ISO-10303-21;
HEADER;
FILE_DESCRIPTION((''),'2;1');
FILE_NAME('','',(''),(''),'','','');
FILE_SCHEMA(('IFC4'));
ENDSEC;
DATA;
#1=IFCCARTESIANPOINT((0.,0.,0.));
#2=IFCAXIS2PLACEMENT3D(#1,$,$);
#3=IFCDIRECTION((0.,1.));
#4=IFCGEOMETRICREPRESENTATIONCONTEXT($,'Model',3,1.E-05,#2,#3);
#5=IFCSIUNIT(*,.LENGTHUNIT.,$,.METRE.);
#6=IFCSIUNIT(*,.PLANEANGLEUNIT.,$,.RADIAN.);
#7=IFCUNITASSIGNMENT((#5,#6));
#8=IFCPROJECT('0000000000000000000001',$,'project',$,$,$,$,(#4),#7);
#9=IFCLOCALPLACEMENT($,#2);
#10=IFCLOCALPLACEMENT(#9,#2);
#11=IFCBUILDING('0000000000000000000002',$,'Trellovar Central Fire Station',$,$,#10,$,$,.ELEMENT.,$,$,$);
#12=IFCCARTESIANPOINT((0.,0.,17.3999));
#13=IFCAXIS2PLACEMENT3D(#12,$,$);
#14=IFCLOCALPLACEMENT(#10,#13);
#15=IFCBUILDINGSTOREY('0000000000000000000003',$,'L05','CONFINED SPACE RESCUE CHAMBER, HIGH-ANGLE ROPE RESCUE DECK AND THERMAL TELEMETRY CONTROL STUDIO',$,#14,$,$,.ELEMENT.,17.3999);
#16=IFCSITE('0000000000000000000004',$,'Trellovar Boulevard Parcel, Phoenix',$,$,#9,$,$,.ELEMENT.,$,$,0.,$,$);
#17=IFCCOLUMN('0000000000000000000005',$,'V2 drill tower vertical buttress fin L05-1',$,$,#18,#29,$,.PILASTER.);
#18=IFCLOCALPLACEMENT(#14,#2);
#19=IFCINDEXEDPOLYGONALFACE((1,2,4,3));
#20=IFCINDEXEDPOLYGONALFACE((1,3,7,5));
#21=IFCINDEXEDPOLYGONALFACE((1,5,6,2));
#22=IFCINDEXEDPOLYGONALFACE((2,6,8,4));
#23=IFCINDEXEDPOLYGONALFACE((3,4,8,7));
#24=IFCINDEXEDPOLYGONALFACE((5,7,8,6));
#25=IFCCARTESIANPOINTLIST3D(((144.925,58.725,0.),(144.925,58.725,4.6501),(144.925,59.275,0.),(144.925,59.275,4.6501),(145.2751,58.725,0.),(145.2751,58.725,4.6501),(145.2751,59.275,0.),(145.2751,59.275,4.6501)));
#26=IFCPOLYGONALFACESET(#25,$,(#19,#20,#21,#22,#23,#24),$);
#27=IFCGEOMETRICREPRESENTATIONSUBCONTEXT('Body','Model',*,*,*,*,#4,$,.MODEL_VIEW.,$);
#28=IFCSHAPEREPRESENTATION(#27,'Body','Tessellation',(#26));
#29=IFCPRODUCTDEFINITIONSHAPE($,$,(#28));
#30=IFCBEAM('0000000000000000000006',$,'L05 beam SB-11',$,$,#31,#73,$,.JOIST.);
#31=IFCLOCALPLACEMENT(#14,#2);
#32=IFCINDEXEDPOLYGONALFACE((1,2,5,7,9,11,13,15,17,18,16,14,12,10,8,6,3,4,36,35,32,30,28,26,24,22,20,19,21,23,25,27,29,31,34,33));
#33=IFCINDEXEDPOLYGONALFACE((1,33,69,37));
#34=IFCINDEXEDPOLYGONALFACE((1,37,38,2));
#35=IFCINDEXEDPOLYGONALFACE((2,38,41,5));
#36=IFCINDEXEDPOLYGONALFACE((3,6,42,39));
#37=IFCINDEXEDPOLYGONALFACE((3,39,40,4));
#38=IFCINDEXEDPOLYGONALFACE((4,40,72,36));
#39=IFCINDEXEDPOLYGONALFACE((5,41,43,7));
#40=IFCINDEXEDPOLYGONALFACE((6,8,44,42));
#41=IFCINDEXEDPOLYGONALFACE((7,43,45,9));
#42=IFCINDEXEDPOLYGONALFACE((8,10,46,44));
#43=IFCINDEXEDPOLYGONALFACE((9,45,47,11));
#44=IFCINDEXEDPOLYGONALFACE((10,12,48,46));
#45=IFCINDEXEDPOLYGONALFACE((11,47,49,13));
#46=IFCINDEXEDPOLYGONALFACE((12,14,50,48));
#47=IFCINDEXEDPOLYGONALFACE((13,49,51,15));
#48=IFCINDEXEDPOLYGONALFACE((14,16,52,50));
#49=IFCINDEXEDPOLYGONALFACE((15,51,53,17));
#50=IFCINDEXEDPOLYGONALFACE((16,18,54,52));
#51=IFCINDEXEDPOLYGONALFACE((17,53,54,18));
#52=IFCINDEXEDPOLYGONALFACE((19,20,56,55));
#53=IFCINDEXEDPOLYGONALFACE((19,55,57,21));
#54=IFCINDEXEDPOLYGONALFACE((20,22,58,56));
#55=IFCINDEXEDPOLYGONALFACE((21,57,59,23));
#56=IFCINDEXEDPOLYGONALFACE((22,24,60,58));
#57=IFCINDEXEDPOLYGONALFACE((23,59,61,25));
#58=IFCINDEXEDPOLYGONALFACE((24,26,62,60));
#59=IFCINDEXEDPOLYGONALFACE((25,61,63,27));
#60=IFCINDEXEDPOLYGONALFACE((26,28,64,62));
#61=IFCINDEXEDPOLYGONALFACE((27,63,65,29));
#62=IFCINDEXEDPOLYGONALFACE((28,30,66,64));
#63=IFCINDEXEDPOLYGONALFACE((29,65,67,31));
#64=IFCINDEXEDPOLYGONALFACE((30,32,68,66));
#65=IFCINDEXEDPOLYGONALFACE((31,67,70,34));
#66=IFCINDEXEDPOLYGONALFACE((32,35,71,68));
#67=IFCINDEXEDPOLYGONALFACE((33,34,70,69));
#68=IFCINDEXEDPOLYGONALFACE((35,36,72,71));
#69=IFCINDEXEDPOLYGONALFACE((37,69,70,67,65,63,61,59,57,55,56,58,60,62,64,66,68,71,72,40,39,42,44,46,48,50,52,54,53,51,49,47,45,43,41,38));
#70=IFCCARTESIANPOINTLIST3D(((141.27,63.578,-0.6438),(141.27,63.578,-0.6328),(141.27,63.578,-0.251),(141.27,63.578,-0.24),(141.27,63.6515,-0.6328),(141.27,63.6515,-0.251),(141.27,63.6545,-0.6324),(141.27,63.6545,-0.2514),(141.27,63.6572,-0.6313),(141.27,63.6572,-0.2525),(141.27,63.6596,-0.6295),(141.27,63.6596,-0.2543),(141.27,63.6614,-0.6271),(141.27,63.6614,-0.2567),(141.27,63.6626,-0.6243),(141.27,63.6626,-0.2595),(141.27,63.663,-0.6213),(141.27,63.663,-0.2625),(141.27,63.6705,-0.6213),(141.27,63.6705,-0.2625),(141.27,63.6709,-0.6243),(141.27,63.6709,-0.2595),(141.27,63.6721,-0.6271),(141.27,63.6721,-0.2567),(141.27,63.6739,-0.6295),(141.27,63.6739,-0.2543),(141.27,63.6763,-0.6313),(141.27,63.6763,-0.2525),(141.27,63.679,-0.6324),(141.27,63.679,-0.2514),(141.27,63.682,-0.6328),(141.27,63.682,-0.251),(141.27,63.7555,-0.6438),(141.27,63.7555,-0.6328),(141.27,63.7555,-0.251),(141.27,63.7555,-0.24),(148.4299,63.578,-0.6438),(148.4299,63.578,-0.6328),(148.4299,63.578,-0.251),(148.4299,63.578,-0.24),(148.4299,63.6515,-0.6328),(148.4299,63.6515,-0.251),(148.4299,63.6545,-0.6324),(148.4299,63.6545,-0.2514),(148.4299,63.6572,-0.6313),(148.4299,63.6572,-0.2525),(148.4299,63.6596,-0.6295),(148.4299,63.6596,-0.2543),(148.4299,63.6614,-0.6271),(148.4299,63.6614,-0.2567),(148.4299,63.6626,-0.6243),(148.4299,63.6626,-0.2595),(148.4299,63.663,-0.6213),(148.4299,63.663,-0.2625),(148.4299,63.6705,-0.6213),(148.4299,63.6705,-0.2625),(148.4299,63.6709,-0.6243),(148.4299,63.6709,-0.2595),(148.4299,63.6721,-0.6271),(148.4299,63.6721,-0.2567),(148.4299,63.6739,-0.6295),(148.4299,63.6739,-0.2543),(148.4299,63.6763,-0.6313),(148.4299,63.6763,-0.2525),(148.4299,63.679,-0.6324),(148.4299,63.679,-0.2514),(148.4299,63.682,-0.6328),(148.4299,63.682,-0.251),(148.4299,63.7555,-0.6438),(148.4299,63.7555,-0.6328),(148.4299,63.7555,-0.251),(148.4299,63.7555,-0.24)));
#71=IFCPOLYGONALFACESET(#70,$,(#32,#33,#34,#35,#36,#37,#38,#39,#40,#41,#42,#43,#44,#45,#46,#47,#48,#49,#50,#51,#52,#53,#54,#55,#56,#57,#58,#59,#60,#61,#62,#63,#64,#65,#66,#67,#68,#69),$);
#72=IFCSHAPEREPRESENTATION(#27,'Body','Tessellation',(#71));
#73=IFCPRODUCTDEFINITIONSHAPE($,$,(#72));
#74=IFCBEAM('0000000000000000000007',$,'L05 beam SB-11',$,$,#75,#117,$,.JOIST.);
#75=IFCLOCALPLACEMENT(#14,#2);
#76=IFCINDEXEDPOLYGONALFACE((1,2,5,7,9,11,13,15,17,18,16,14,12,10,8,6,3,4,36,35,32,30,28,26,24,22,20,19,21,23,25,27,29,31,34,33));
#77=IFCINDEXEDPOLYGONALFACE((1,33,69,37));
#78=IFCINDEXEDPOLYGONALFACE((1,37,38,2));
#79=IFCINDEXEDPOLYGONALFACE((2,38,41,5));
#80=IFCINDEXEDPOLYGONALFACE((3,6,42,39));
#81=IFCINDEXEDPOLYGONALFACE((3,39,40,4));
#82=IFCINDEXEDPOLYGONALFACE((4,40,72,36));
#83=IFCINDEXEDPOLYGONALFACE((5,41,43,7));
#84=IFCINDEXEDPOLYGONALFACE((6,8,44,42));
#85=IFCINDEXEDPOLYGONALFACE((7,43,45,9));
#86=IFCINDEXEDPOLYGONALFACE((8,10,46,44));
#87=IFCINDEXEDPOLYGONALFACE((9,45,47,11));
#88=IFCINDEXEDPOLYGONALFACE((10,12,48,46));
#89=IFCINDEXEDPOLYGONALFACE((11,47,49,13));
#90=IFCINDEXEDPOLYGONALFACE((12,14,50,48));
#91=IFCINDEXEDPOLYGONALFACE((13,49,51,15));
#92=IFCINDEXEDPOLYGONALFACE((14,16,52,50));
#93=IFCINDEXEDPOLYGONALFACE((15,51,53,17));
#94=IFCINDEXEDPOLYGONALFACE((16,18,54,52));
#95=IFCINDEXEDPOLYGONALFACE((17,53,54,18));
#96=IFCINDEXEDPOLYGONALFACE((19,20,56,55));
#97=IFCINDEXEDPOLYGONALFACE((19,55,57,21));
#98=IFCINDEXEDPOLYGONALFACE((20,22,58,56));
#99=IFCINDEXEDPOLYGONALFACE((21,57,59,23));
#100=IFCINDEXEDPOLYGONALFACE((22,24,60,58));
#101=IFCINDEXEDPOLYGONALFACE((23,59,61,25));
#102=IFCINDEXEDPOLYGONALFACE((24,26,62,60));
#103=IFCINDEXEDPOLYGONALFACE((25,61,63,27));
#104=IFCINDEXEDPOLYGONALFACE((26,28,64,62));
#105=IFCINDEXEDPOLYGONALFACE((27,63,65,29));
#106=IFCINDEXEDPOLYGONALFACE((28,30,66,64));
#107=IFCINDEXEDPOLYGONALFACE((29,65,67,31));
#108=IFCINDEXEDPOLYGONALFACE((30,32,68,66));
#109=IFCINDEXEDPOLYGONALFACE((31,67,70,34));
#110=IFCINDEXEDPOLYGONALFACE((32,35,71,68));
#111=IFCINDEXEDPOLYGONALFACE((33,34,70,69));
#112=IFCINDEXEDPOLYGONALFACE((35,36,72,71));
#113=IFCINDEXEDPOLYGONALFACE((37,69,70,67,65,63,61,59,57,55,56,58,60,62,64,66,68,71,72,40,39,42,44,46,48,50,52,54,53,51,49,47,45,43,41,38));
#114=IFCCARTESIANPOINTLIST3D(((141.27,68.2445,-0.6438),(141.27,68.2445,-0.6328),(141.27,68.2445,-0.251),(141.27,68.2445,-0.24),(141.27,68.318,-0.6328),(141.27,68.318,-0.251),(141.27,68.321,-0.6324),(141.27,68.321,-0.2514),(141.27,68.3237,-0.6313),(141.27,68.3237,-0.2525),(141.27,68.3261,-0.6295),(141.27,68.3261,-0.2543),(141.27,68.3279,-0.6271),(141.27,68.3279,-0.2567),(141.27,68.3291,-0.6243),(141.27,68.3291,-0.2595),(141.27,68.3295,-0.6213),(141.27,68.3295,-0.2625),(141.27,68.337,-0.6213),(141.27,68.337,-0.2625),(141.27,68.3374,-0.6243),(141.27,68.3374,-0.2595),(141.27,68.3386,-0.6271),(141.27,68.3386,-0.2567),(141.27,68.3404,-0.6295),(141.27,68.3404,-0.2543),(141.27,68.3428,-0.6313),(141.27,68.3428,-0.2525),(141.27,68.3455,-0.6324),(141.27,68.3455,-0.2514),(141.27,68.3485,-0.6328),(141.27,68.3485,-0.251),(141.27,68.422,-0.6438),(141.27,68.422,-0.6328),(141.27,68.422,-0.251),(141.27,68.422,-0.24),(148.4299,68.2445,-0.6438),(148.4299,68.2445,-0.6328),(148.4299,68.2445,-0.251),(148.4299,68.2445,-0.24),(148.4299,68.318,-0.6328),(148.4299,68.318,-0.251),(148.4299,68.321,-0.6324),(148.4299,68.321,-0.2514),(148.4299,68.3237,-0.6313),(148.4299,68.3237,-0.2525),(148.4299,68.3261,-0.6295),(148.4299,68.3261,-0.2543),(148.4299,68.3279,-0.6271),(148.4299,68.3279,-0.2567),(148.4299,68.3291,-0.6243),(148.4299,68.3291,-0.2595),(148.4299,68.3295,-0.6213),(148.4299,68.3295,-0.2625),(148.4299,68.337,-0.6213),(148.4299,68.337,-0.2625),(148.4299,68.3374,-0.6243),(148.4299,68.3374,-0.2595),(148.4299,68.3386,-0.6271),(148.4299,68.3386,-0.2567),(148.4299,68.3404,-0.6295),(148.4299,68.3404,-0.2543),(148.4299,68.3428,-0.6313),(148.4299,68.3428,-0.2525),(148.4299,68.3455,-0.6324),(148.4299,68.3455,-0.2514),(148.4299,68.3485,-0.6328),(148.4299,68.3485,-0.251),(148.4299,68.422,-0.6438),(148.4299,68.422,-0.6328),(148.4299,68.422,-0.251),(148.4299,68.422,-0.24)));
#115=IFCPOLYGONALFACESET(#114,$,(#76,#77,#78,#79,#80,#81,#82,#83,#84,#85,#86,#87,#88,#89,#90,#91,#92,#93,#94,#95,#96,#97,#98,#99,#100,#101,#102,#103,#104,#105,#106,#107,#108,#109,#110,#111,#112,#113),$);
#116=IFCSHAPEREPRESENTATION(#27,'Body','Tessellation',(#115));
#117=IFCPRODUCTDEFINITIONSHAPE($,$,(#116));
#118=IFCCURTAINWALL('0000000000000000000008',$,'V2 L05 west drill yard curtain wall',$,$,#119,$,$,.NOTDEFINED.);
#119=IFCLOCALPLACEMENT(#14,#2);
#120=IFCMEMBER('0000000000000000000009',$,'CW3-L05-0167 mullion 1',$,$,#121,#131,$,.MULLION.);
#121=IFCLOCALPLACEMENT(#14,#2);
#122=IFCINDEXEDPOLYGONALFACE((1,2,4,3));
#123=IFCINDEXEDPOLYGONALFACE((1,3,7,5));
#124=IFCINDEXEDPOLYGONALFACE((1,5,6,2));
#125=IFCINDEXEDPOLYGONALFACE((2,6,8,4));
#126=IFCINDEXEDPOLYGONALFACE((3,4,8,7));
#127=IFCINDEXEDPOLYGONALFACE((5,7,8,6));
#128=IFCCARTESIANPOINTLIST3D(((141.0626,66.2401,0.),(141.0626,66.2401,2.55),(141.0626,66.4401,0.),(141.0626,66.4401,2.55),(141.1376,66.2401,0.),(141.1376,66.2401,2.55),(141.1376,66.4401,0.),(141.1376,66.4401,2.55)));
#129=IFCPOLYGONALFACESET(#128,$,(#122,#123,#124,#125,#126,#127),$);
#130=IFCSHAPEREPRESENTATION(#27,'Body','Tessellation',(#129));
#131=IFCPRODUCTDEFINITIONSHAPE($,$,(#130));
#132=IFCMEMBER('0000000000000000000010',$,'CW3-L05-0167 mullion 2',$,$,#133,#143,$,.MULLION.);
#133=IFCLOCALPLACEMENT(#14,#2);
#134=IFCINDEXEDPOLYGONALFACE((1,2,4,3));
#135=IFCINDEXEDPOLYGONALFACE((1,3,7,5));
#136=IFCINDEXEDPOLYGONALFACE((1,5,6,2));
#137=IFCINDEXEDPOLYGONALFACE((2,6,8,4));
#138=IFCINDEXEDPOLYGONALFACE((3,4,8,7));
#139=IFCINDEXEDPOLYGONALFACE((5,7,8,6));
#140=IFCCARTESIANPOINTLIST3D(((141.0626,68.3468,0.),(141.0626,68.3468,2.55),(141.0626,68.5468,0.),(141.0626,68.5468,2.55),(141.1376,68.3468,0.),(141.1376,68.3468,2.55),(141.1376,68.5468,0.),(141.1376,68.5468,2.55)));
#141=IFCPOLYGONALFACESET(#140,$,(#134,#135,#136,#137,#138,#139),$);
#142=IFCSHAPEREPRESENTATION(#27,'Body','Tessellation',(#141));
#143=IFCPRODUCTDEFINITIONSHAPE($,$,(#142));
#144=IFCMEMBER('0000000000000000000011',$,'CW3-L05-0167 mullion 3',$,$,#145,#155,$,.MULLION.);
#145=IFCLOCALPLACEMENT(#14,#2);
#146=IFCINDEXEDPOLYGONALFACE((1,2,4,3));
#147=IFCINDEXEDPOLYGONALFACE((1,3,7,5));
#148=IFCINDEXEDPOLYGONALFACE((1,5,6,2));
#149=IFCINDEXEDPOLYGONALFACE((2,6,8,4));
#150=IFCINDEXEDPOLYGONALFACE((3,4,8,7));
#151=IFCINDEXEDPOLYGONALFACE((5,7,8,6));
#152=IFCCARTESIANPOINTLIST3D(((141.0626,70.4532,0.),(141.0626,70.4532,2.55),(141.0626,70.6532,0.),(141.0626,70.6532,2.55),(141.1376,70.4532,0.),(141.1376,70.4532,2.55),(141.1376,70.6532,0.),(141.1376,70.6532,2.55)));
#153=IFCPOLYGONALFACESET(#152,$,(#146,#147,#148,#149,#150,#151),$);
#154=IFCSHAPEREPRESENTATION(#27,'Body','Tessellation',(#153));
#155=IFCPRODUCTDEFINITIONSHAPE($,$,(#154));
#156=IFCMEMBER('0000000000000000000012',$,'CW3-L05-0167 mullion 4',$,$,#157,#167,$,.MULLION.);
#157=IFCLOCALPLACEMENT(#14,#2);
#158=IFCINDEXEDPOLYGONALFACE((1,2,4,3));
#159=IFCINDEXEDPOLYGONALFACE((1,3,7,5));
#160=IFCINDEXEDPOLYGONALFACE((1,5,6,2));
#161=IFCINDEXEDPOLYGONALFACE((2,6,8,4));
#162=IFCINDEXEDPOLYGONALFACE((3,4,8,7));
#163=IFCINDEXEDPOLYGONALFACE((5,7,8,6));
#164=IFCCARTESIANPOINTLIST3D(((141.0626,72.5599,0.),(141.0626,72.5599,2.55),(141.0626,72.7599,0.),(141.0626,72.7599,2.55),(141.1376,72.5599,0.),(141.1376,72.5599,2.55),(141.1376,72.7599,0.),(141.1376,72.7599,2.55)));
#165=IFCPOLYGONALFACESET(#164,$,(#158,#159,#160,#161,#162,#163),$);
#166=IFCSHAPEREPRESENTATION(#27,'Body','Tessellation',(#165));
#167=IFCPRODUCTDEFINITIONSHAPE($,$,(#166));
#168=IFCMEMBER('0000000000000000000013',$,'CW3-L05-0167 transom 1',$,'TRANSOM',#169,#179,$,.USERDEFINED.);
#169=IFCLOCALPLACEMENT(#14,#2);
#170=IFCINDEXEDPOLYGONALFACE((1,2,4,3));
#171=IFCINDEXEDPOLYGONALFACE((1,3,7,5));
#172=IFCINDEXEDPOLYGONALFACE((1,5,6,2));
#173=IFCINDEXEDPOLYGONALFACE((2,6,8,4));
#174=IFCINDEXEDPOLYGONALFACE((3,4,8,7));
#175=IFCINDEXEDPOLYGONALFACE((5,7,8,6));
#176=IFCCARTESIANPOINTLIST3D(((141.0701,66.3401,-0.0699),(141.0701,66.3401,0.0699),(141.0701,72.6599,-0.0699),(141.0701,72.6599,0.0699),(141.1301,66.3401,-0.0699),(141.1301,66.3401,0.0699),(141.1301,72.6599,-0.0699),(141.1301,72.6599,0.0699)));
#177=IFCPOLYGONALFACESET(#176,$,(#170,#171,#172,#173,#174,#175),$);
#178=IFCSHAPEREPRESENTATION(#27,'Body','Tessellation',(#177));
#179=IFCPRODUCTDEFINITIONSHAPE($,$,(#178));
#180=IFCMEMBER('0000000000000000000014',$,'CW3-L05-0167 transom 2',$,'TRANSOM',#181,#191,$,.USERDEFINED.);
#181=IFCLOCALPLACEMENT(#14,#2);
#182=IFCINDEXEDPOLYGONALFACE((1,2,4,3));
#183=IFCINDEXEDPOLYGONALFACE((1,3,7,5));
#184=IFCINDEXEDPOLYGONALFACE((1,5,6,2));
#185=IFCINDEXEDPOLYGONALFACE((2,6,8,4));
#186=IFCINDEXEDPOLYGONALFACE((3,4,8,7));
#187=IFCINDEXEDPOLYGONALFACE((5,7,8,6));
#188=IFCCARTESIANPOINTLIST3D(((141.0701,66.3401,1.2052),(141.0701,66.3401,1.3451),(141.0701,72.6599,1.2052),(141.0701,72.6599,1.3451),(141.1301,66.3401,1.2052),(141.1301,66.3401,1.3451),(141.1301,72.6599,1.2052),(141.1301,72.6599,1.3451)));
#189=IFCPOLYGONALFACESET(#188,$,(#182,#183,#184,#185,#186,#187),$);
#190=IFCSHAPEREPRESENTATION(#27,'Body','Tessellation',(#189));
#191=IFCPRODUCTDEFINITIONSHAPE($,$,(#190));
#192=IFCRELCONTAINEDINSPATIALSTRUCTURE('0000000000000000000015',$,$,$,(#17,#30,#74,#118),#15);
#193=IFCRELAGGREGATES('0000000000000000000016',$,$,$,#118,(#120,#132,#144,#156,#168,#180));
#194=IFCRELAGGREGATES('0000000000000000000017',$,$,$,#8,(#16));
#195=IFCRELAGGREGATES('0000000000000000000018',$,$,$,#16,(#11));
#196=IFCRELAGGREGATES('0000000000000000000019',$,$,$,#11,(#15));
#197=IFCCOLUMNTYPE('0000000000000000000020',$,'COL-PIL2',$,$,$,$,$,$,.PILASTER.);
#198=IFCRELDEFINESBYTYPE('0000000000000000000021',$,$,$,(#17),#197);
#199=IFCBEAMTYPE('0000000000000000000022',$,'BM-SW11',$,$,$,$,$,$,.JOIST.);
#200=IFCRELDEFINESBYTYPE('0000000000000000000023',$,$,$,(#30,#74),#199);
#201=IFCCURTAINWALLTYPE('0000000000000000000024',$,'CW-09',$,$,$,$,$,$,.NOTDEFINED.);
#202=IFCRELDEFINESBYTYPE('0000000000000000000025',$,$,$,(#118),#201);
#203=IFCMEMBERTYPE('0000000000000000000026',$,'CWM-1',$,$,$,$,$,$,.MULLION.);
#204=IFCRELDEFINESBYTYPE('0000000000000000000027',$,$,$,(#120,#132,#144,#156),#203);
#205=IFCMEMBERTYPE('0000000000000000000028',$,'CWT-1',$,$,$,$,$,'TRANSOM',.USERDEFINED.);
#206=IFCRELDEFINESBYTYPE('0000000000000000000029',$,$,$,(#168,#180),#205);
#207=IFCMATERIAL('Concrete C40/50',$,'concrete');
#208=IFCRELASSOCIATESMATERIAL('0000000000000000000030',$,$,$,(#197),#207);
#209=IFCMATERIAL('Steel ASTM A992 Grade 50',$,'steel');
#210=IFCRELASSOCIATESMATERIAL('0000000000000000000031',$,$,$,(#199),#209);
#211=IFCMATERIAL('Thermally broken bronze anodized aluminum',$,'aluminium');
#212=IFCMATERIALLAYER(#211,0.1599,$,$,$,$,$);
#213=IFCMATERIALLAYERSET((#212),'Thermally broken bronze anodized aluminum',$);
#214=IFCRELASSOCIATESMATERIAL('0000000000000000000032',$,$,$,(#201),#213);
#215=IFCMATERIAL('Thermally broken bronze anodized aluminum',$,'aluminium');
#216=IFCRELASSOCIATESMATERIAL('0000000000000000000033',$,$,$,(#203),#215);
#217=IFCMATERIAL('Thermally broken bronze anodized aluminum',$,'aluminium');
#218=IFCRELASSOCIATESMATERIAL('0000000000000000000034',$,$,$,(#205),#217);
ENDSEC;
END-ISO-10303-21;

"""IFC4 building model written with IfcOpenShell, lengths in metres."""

from ifc_helpers import new_model, si_unit, direction, frame, origin, origin_2d, place, context, subcontext, project, spatial, rectangle, i_section, extrude, material, layer, layer_set, material_profile, profile_set, type_object, element, aggregate, save


model = new_model("IFC4")

# Units and contexts
model_context = context("Model", 3, precision=1e-05, world=origin(), true_north=direction((0.0, 1.0)))
body_context = subcontext(model_context, "Body", "Model", "MODEL_VIEW")
ifc_project = project(units=[si_unit("LENGTHUNIT", "METRE"), si_unit("PLANEANGLEUNIT", "RADIAN")], contexts=[model_context])

# Site, building, storey
site_placement = place(None, origin())
site = spatial("IfcSite", under=ifc_project, at=site_placement, Name="Trellovar Boulevard Parcel, Phoenix", CompositionType="ELEMENT", RefElevation=0.0)
building_placement = place(site_placement, origin())
building = spatial("IfcBuilding", under=site, at=building_placement, Name="Trellovar Central Fire Station", CompositionType="ELEMENT")
storey_placement = place(building_placement, frame((0.0, 0.0, 17.3999)))
storey = spatial("IfcBuildingStorey", under=building, at=storey_placement, Name="L05", Description="CONFINED SPACE RESCUE CHAMBER, HIGH-ANGLE ROPE RESCUE DECK AND THERMAL TELEMETRY CONTROL STUDIO", CompositionType="ELEMENT", Elevation=17.3999)

# Column
ifc_material_1 = material(Name="Concrete C40/50", Category="concrete")
ifc_material_profile_1 = material_profile(ifc_material_1, rectangle(XDim=0.3501, YDim=0.55, at=origin_2d()), Name="RC350X550")
ifc_profile_set_1 = profile_set([ifc_material_profile_1], Name="Concrete C40/50")
column_type = type_object("IfcColumnType", Name="COL-PIL2", PredefinedType="PILASTER", material=ifc_profile_set_1)
column_placement = place(storey_placement, frame((145.1001, 59.0, 0.0), z_axis=(0.0, 0.0, 1.0), x_axis=(1.0, 0.0, 0.0)))
element("IfcColumn", 1, at=column_placement, inside=storey, type_object=column_type, Name="V2 drill tower vertical buttress fin L05-1", PredefinedType="PILASTER", context=body_context, shape_type="SweptSolid", body=[
    extrude(rectangle(XDim=0.3501, YDim=0.55, at=origin_2d()), origin(), (0.0, 0.0, 1.0), 4.6501),
])

# Beams
ifc_material_2 = material(Name="Steel ASTM A992 Grade 50", Category="steel")
ifc_material_profile_2 = material_profile(ifc_material_2, i_section(OverallWidth=0.1775, OverallDepth=0.4038, WebThickness=0.0076, FlangeThickness=0.011, FilletRadius=0.0115, at=origin_2d()), Name="W16X36")
ifc_profile_set_2 = profile_set([ifc_material_profile_2], Name="Steel ASTM A992 Grade 50")
beam_type = type_object("IfcBeamType", Name="BM-SW11", PredefinedType="JOIST", material=ifc_profile_set_2)
for number, where, z_axis, x_axis, name in (
    (2, (141.27, 63.6667, -0.4419), (1.0, 0.0, 0.0), (0.0, 1.0, 0.0), "L05 beam SB-11"),
    (3, (141.27, 68.3333, -0.4419), (1.0, 0.0, 0.0), (0.0, 1.0, 0.0), "L05 beam SB-11"),
):
    element("IfcBeam", number, at=place(storey_placement, frame(where, z_axis=z_axis, x_axis=x_axis)), inside=storey, type_object=beam_type, Name=name, PredefinedType="JOIST", context=body_context, shape_type="SweptSolid", body=[
        extrude(i_section(OverallWidth=0.1775, OverallDepth=0.4038, WebThickness=0.0076, FlangeThickness=0.011, FilletRadius=0.0115, at=origin_2d()), origin(), (0.0, 0.0, 1.0), 7.1599),
    ])

# Curtain wall, members
ifc_material_3 = material(Name="Thermally broken bronze anodized aluminum", Category="aluminium")
ifc_layer_1 = layer(ifc_material_3, 0.1599)
ifc_layer_set_1 = layer_set([ifc_layer_1], Name="Thermally broken bronze anodized aluminum")
curtain_wall_type = type_object("IfcCurtainWallType", Name="CW-09", PredefinedType="NOTDEFINED", material=ifc_layer_set_1)
curtain_wall_1_placement = place(storey_placement, origin())
curtain_wall_1 = element("IfcCurtainWall", 4, at=curtain_wall_1_placement, inside=storey, type_object=curtain_wall_type, Name="V2 L05 west drill yard curtain wall", PredefinedType="NOTDEFINED")
ifc_material_4 = material(Name="Thermally broken bronze anodized aluminum", Category="aluminium")
ifc_material_profile_3 = material_profile(ifc_material_4, rectangle(XDim=0.075, YDim=0.2, at=origin_2d()), Name="ALU75X200")
ifc_profile_set_3 = profile_set([ifc_material_profile_3], Name="Thermally broken bronze anodized aluminum")
member_type_1 = type_object("IfcMemberType", Name="CWM-1", PredefinedType="MULLION", material=ifc_profile_set_3)
member_1_placement = place(storey_placement, frame((141.1001, 66.3401, 0.0), z_axis=(0.0, 0.0, 1.0), x_axis=(1.0, 0.0, 0.0)))
member_1 = element("IfcMember", 5, at=member_1_placement, type_object=member_type_1, Name="CW3-L05-0167 mullion 1", PredefinedType="MULLION", context=body_context, shape_type="SweptSolid", body=[
    extrude(rectangle(XDim=0.075, YDim=0.2, at=origin_2d()), origin(), (0.0, 0.0, 1.0), 2.55),
])
member_2_placement = place(storey_placement, frame((141.1001, 68.4468, 0.0), z_axis=(0.0, 0.0, 1.0), x_axis=(1.0, 0.0, 0.0)))
member_2 = element("IfcMember", 6, at=member_2_placement, type_object=member_type_1, Name="CW3-L05-0167 mullion 2", PredefinedType="MULLION", context=body_context, shape_type="SweptSolid", body=[
    extrude(rectangle(XDim=0.075, YDim=0.2, at=origin_2d()), origin(), (0.0, 0.0, 1.0), 2.55),
])
member_3_placement = place(storey_placement, frame((141.1001, 70.5532, 0.0), z_axis=(0.0, 0.0, 1.0), x_axis=(1.0, 0.0, 0.0)))
member_3 = element("IfcMember", 7, at=member_3_placement, type_object=member_type_1, Name="CW3-L05-0167 mullion 3", PredefinedType="MULLION", context=body_context, shape_type="SweptSolid", body=[
    extrude(rectangle(XDim=0.075, YDim=0.2, at=origin_2d()), origin(), (0.0, 0.0, 1.0), 2.55),
])
member_4_placement = place(storey_placement, frame((141.1001, 72.6599, 0.0), z_axis=(0.0, 0.0, 1.0), x_axis=(1.0, 0.0, 0.0)))
member_4 = element("IfcMember", 8, at=member_4_placement, type_object=member_type_1, Name="CW3-L05-0167 mullion 4", PredefinedType="MULLION", context=body_context, shape_type="SweptSolid", body=[
    extrude(rectangle(XDim=0.075, YDim=0.2, at=origin_2d()), origin(), (0.0, 0.0, 1.0), 2.55),
])
ifc_material_5 = material(Name="Thermally broken bronze anodized aluminum", Category="aluminium")
ifc_material_profile_4 = material_profile(ifc_material_5, rectangle(XDim=0.0601, YDim=0.1399, at=origin_2d()), Name="ALU60X140")
ifc_profile_set_4 = profile_set([ifc_material_profile_4], Name="Thermally broken bronze anodized aluminum")
member_type_2 = type_object("IfcMemberType", Name="CWT-1", ElementType="TRANSOM", PredefinedType="USERDEFINED", material=ifc_profile_set_4)
member_5_placement = place(storey_placement, frame((141.1001, 66.3401, 0.0), z_axis=(0.0, 1.0, 0.0), x_axis=(-1.0, 0.0, 0.0)))
member_5 = element("IfcMember", 9, at=member_5_placement, type_object=member_type_2, Name="CW3-L05-0167 transom 1", ObjectType="TRANSOM", PredefinedType="USERDEFINED", context=body_context, shape_type="SweptSolid", body=[
    extrude(rectangle(XDim=0.0601, YDim=0.1399, at=origin_2d()), origin(), (0.0, 0.0, 1.0), 6.3198),
])
member_6_placement = place(storey_placement, frame((141.1001, 66.3401, 1.2751), z_axis=(0.0, 1.0, 0.0), x_axis=(-1.0, 0.0, 0.0)))
member_6 = element("IfcMember", 10, at=member_6_placement, type_object=member_type_2, Name="CW3-L05-0167 transom 2", ObjectType="TRANSOM", PredefinedType="USERDEFINED", context=body_context, shape_type="SweptSolid", body=[
    extrude(rectangle(XDim=0.0601, YDim=0.1399, at=origin_2d()), origin(), (0.0, 0.0, 1.0), 6.3198),
])

aggregate(curtain_wall_1, [member_1, member_2, member_3, member_4, member_5, member_6])

save(model, "model.ifc")
